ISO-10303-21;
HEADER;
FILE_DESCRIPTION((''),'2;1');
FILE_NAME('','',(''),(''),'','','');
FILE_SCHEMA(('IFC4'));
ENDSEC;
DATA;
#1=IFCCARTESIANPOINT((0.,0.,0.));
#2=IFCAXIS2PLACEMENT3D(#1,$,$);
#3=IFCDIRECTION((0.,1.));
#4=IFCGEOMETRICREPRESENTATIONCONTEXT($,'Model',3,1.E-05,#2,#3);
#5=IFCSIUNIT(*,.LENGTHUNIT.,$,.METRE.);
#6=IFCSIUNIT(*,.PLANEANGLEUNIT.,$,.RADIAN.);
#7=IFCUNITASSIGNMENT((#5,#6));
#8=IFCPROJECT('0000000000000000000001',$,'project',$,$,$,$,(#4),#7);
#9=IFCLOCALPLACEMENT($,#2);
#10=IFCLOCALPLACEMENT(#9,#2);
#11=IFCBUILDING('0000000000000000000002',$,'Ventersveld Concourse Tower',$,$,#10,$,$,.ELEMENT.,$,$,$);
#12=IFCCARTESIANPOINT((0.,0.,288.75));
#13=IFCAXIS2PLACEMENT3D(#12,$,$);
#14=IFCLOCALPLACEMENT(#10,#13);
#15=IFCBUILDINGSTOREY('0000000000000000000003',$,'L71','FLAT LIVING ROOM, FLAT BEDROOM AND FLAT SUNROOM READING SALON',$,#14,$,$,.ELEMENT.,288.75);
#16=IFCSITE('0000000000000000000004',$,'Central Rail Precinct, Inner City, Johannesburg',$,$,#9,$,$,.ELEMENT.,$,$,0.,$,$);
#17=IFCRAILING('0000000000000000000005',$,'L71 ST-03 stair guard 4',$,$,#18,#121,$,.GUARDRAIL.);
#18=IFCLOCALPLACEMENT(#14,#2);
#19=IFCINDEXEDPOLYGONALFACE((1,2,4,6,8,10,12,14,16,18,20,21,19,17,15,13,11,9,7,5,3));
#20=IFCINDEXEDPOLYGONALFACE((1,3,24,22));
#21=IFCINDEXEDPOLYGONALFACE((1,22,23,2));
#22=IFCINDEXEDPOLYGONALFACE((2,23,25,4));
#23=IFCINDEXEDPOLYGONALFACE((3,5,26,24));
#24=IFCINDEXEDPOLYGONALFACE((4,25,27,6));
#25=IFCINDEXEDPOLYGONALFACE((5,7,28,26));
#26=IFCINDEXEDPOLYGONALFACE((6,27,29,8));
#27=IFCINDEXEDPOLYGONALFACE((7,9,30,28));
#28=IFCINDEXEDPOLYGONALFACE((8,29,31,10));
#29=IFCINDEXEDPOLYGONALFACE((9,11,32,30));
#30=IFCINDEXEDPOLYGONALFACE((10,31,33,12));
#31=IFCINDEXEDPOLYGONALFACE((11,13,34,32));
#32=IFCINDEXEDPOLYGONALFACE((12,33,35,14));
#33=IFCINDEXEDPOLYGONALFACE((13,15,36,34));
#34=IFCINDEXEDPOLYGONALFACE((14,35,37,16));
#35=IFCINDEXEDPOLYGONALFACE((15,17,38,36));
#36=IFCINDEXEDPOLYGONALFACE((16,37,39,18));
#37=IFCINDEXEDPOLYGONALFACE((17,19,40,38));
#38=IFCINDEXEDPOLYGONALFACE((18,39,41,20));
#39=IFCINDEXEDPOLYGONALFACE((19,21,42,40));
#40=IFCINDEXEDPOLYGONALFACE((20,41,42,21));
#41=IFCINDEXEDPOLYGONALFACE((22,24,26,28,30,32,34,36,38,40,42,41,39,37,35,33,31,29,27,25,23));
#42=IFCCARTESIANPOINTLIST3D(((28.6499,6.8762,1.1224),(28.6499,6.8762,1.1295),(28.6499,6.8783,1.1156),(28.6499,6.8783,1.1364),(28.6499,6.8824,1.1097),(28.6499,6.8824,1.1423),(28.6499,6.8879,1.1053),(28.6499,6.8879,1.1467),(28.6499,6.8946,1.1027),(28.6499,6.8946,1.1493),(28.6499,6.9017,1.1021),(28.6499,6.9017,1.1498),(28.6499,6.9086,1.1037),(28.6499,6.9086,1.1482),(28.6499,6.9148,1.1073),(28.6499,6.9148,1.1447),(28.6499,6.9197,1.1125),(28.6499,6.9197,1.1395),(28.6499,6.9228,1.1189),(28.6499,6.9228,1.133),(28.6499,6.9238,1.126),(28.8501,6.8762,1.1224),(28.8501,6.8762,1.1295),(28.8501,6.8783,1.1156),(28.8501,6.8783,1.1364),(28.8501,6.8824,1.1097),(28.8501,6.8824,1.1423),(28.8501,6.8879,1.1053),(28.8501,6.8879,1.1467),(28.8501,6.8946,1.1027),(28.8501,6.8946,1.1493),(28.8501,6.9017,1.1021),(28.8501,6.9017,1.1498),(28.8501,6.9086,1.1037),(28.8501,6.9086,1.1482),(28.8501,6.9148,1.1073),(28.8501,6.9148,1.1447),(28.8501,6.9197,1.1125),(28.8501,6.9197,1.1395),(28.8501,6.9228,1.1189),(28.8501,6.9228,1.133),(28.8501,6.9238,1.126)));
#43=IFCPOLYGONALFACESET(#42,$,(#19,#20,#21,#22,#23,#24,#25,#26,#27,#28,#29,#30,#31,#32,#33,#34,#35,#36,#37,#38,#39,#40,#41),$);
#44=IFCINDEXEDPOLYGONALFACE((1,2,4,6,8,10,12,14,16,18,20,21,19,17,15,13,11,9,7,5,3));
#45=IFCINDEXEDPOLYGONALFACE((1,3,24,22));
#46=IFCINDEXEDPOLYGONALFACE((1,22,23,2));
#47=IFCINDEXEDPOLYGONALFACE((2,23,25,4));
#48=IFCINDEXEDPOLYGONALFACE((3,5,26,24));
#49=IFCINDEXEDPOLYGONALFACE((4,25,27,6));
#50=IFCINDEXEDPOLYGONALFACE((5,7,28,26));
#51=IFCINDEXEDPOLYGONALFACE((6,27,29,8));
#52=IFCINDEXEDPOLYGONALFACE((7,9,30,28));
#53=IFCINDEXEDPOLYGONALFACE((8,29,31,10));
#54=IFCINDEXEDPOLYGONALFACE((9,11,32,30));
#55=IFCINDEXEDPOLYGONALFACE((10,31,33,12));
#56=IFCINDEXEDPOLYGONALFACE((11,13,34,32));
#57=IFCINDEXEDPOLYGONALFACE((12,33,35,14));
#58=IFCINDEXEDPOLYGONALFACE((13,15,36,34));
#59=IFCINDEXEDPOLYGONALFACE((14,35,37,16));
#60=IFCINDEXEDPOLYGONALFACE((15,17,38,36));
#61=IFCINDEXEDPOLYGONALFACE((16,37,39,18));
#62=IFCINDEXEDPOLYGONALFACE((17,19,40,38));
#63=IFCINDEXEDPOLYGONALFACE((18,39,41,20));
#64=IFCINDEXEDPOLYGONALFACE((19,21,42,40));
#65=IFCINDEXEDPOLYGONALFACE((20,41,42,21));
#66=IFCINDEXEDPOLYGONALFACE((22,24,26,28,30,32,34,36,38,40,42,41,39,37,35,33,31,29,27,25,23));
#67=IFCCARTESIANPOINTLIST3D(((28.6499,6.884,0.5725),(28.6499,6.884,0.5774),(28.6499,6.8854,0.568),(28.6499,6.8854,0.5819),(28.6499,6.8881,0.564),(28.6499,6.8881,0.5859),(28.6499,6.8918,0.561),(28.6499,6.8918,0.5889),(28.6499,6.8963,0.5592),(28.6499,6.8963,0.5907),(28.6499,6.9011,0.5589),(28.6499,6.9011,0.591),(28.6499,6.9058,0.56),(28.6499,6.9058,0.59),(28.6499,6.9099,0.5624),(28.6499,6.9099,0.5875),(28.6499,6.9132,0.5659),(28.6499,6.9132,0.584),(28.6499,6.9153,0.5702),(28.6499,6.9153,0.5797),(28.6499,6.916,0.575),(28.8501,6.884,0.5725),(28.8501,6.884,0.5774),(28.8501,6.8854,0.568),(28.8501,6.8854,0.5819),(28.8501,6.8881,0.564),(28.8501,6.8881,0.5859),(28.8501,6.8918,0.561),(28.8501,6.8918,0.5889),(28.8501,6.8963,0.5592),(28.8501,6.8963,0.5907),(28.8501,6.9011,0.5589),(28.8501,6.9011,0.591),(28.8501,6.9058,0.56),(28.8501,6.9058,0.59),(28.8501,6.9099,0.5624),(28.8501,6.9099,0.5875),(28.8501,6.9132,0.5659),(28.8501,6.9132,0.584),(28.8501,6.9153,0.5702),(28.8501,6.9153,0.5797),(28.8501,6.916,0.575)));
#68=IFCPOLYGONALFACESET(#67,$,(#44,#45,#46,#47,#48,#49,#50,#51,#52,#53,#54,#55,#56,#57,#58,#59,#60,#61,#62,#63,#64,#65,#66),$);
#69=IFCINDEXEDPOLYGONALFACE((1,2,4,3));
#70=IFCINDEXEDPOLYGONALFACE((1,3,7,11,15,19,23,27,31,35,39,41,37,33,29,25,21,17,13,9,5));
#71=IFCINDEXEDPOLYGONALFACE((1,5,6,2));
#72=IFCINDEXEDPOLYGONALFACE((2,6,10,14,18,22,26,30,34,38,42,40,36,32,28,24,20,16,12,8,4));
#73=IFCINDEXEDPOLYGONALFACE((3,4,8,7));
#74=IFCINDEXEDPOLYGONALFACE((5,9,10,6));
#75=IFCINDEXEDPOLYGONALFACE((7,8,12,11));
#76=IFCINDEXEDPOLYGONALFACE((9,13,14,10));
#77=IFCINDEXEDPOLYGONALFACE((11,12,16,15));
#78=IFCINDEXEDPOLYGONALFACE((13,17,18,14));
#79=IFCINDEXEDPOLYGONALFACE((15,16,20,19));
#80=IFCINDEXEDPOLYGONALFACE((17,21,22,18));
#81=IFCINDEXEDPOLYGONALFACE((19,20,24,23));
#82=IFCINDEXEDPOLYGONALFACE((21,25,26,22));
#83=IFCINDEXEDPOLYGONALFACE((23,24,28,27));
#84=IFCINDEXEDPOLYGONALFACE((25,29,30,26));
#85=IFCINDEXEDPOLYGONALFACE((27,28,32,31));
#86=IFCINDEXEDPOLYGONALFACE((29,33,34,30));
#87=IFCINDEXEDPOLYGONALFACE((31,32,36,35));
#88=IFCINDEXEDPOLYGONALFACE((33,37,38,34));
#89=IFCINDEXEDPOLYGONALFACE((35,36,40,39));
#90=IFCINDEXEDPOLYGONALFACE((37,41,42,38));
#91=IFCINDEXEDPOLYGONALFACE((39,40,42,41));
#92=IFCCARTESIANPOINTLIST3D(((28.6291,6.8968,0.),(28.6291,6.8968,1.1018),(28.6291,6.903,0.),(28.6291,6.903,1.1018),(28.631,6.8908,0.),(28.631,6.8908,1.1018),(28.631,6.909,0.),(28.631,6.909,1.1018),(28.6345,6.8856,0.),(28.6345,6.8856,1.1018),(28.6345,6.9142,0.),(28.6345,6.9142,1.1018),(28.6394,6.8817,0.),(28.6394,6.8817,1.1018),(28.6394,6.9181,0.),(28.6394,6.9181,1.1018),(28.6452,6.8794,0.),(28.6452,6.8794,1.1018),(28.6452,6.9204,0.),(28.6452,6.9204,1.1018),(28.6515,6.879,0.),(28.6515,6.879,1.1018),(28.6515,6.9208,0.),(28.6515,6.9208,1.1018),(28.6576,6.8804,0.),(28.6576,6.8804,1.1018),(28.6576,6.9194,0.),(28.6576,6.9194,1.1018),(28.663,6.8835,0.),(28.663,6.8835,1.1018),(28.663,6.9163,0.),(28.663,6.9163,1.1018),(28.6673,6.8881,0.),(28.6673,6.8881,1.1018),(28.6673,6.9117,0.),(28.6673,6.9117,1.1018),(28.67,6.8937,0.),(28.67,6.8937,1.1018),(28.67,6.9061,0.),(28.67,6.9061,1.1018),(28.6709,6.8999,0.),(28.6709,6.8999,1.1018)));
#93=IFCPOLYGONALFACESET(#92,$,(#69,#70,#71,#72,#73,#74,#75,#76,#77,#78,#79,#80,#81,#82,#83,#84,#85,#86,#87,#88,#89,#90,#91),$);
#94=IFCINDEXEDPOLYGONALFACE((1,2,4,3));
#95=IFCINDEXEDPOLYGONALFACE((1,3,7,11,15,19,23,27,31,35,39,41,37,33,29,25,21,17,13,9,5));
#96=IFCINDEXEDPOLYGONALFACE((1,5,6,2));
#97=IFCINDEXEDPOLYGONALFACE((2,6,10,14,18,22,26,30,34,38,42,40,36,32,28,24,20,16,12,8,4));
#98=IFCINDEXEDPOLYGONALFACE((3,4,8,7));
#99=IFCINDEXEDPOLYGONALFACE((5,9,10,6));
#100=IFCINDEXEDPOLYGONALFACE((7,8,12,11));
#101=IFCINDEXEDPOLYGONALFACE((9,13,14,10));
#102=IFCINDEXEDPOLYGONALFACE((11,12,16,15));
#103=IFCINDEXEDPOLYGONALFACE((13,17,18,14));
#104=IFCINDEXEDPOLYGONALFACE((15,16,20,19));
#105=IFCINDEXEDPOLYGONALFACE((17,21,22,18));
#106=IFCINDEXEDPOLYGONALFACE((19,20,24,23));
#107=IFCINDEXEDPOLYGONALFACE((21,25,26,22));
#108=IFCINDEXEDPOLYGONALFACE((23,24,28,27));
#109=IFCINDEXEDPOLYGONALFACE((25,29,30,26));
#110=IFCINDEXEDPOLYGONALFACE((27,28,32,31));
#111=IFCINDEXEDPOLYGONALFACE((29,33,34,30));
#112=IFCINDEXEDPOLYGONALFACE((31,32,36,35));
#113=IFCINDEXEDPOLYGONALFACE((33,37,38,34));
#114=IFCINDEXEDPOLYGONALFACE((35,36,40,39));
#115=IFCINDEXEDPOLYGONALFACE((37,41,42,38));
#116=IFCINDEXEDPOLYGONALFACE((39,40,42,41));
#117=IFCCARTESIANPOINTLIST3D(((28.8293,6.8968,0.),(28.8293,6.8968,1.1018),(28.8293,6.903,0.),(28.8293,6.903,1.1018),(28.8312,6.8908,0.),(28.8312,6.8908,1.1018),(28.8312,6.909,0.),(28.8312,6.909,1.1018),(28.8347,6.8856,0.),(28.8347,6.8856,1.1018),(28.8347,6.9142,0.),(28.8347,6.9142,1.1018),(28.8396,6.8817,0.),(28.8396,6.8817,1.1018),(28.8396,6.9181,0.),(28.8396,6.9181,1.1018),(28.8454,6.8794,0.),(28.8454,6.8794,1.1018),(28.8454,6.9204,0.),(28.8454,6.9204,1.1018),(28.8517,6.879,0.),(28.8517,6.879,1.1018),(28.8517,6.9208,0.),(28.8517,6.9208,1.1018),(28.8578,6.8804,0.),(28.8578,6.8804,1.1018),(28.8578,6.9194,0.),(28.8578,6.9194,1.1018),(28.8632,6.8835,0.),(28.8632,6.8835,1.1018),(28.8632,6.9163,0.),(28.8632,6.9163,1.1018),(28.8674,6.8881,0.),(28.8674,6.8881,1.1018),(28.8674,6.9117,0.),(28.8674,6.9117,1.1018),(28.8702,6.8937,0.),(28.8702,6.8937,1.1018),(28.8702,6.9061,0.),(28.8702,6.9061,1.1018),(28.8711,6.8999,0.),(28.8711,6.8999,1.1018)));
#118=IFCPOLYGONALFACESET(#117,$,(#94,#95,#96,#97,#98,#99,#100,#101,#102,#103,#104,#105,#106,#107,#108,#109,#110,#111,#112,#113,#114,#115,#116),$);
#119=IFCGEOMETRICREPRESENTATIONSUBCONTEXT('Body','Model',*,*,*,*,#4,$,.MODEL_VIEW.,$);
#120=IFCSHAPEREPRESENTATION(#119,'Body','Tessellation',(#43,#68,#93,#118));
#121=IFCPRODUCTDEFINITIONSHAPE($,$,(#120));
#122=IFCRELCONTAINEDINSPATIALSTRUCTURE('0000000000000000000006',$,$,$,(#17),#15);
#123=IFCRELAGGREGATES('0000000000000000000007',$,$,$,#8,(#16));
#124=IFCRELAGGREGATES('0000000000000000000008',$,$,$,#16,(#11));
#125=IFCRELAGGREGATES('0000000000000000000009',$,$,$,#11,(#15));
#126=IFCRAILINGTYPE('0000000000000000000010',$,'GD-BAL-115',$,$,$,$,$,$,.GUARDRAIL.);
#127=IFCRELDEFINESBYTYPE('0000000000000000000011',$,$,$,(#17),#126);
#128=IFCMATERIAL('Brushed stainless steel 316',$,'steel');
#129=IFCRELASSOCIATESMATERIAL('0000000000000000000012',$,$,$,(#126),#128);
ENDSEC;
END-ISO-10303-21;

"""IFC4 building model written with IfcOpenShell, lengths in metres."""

from ifc_helpers import new_model, si_unit, direction, frame, origin, origin_2d, place, context, subcontext, project, spatial, circle, extrude, material, type_object, element, save


model = new_model("IFC4")

# Units and contexts
model_context = context("Model", 3, precision=1e-05, world=origin(), true_north=direction((0.0, 1.0)))
body_context = subcontext(model_context, "Body", "Model", "MODEL_VIEW")
ifc_project = project(units=[si_unit("LENGTHUNIT", "METRE"), si_unit("PLANEANGLEUNIT", "RADIAN")], contexts=[model_context])

# Site, building, storey
site_placement = place(None, origin())
site = spatial("IfcSite", under=ifc_project, at=site_placement, Name="Central Rail Precinct, Inner City, Johannesburg", CompositionType="ELEMENT", RefElevation=0.0)
building_placement = place(site_placement, origin())
building = spatial("IfcBuilding", under=site, at=building_placement, Name="Ventersveld Concourse Tower", CompositionType="ELEMENT")
storey_placement = place(building_placement, frame((0.0, 0.0, 288.75)))
storey = spatial("IfcBuildingStorey", under=building, at=storey_placement, Name="L71", Description="FLAT LIVING ROOM, FLAT BEDROOM AND FLAT SUNROOM READING SALON", CompositionType="ELEMENT", Elevation=288.75)

# Railing
ifc_material_1 = material(Name="Brushed stainless steel 316", Category="steel")
railing_type_1 = type_object("IfcRailingType", Name="GD-BAL-115", PredefinedType="GUARDRAIL", material=ifc_material_1)
railing_1_placement = place(storey_placement, frame((28.6499, 6.8999, 0.0)))
element("IfcRailing", 1, at=railing_1_placement, inside=storey, type_object=railing_type_1, Name="L71 ST-03 stair guard 4", PredefinedType="GUARDRAIL", context=body_context, shape_type="SweptSolid", body=[
    extrude(circle(Radius=0.0239, at=origin_2d()), frame((0.0, 0.0, 1.126), z_axis=(1.0, 0.0, 0.0), x_axis=(0.0, 1.0, 0.0)), (0.0, 0.0, 1.0), 0.2002),
    extrude(circle(Radius=0.0161, at=origin_2d()), frame((0.0, 0.0, 0.575), z_axis=(1.0, 0.0, 0.0), x_axis=(0.0, 1.0, 0.0)), (0.0, 0.0, 1.0), 0.2002),
    extrude(circle(Radius=0.021, at=origin_2d()), origin(), (0.0, 0.0, 1.0), 1.1018),
    extrude(circle(Radius=0.021, at=origin_2d()), frame((0.2002, 0.0, 0.0)), (0.0, 0.0, 1.0), 1.1018),
])

save(model, "model.ifc")
